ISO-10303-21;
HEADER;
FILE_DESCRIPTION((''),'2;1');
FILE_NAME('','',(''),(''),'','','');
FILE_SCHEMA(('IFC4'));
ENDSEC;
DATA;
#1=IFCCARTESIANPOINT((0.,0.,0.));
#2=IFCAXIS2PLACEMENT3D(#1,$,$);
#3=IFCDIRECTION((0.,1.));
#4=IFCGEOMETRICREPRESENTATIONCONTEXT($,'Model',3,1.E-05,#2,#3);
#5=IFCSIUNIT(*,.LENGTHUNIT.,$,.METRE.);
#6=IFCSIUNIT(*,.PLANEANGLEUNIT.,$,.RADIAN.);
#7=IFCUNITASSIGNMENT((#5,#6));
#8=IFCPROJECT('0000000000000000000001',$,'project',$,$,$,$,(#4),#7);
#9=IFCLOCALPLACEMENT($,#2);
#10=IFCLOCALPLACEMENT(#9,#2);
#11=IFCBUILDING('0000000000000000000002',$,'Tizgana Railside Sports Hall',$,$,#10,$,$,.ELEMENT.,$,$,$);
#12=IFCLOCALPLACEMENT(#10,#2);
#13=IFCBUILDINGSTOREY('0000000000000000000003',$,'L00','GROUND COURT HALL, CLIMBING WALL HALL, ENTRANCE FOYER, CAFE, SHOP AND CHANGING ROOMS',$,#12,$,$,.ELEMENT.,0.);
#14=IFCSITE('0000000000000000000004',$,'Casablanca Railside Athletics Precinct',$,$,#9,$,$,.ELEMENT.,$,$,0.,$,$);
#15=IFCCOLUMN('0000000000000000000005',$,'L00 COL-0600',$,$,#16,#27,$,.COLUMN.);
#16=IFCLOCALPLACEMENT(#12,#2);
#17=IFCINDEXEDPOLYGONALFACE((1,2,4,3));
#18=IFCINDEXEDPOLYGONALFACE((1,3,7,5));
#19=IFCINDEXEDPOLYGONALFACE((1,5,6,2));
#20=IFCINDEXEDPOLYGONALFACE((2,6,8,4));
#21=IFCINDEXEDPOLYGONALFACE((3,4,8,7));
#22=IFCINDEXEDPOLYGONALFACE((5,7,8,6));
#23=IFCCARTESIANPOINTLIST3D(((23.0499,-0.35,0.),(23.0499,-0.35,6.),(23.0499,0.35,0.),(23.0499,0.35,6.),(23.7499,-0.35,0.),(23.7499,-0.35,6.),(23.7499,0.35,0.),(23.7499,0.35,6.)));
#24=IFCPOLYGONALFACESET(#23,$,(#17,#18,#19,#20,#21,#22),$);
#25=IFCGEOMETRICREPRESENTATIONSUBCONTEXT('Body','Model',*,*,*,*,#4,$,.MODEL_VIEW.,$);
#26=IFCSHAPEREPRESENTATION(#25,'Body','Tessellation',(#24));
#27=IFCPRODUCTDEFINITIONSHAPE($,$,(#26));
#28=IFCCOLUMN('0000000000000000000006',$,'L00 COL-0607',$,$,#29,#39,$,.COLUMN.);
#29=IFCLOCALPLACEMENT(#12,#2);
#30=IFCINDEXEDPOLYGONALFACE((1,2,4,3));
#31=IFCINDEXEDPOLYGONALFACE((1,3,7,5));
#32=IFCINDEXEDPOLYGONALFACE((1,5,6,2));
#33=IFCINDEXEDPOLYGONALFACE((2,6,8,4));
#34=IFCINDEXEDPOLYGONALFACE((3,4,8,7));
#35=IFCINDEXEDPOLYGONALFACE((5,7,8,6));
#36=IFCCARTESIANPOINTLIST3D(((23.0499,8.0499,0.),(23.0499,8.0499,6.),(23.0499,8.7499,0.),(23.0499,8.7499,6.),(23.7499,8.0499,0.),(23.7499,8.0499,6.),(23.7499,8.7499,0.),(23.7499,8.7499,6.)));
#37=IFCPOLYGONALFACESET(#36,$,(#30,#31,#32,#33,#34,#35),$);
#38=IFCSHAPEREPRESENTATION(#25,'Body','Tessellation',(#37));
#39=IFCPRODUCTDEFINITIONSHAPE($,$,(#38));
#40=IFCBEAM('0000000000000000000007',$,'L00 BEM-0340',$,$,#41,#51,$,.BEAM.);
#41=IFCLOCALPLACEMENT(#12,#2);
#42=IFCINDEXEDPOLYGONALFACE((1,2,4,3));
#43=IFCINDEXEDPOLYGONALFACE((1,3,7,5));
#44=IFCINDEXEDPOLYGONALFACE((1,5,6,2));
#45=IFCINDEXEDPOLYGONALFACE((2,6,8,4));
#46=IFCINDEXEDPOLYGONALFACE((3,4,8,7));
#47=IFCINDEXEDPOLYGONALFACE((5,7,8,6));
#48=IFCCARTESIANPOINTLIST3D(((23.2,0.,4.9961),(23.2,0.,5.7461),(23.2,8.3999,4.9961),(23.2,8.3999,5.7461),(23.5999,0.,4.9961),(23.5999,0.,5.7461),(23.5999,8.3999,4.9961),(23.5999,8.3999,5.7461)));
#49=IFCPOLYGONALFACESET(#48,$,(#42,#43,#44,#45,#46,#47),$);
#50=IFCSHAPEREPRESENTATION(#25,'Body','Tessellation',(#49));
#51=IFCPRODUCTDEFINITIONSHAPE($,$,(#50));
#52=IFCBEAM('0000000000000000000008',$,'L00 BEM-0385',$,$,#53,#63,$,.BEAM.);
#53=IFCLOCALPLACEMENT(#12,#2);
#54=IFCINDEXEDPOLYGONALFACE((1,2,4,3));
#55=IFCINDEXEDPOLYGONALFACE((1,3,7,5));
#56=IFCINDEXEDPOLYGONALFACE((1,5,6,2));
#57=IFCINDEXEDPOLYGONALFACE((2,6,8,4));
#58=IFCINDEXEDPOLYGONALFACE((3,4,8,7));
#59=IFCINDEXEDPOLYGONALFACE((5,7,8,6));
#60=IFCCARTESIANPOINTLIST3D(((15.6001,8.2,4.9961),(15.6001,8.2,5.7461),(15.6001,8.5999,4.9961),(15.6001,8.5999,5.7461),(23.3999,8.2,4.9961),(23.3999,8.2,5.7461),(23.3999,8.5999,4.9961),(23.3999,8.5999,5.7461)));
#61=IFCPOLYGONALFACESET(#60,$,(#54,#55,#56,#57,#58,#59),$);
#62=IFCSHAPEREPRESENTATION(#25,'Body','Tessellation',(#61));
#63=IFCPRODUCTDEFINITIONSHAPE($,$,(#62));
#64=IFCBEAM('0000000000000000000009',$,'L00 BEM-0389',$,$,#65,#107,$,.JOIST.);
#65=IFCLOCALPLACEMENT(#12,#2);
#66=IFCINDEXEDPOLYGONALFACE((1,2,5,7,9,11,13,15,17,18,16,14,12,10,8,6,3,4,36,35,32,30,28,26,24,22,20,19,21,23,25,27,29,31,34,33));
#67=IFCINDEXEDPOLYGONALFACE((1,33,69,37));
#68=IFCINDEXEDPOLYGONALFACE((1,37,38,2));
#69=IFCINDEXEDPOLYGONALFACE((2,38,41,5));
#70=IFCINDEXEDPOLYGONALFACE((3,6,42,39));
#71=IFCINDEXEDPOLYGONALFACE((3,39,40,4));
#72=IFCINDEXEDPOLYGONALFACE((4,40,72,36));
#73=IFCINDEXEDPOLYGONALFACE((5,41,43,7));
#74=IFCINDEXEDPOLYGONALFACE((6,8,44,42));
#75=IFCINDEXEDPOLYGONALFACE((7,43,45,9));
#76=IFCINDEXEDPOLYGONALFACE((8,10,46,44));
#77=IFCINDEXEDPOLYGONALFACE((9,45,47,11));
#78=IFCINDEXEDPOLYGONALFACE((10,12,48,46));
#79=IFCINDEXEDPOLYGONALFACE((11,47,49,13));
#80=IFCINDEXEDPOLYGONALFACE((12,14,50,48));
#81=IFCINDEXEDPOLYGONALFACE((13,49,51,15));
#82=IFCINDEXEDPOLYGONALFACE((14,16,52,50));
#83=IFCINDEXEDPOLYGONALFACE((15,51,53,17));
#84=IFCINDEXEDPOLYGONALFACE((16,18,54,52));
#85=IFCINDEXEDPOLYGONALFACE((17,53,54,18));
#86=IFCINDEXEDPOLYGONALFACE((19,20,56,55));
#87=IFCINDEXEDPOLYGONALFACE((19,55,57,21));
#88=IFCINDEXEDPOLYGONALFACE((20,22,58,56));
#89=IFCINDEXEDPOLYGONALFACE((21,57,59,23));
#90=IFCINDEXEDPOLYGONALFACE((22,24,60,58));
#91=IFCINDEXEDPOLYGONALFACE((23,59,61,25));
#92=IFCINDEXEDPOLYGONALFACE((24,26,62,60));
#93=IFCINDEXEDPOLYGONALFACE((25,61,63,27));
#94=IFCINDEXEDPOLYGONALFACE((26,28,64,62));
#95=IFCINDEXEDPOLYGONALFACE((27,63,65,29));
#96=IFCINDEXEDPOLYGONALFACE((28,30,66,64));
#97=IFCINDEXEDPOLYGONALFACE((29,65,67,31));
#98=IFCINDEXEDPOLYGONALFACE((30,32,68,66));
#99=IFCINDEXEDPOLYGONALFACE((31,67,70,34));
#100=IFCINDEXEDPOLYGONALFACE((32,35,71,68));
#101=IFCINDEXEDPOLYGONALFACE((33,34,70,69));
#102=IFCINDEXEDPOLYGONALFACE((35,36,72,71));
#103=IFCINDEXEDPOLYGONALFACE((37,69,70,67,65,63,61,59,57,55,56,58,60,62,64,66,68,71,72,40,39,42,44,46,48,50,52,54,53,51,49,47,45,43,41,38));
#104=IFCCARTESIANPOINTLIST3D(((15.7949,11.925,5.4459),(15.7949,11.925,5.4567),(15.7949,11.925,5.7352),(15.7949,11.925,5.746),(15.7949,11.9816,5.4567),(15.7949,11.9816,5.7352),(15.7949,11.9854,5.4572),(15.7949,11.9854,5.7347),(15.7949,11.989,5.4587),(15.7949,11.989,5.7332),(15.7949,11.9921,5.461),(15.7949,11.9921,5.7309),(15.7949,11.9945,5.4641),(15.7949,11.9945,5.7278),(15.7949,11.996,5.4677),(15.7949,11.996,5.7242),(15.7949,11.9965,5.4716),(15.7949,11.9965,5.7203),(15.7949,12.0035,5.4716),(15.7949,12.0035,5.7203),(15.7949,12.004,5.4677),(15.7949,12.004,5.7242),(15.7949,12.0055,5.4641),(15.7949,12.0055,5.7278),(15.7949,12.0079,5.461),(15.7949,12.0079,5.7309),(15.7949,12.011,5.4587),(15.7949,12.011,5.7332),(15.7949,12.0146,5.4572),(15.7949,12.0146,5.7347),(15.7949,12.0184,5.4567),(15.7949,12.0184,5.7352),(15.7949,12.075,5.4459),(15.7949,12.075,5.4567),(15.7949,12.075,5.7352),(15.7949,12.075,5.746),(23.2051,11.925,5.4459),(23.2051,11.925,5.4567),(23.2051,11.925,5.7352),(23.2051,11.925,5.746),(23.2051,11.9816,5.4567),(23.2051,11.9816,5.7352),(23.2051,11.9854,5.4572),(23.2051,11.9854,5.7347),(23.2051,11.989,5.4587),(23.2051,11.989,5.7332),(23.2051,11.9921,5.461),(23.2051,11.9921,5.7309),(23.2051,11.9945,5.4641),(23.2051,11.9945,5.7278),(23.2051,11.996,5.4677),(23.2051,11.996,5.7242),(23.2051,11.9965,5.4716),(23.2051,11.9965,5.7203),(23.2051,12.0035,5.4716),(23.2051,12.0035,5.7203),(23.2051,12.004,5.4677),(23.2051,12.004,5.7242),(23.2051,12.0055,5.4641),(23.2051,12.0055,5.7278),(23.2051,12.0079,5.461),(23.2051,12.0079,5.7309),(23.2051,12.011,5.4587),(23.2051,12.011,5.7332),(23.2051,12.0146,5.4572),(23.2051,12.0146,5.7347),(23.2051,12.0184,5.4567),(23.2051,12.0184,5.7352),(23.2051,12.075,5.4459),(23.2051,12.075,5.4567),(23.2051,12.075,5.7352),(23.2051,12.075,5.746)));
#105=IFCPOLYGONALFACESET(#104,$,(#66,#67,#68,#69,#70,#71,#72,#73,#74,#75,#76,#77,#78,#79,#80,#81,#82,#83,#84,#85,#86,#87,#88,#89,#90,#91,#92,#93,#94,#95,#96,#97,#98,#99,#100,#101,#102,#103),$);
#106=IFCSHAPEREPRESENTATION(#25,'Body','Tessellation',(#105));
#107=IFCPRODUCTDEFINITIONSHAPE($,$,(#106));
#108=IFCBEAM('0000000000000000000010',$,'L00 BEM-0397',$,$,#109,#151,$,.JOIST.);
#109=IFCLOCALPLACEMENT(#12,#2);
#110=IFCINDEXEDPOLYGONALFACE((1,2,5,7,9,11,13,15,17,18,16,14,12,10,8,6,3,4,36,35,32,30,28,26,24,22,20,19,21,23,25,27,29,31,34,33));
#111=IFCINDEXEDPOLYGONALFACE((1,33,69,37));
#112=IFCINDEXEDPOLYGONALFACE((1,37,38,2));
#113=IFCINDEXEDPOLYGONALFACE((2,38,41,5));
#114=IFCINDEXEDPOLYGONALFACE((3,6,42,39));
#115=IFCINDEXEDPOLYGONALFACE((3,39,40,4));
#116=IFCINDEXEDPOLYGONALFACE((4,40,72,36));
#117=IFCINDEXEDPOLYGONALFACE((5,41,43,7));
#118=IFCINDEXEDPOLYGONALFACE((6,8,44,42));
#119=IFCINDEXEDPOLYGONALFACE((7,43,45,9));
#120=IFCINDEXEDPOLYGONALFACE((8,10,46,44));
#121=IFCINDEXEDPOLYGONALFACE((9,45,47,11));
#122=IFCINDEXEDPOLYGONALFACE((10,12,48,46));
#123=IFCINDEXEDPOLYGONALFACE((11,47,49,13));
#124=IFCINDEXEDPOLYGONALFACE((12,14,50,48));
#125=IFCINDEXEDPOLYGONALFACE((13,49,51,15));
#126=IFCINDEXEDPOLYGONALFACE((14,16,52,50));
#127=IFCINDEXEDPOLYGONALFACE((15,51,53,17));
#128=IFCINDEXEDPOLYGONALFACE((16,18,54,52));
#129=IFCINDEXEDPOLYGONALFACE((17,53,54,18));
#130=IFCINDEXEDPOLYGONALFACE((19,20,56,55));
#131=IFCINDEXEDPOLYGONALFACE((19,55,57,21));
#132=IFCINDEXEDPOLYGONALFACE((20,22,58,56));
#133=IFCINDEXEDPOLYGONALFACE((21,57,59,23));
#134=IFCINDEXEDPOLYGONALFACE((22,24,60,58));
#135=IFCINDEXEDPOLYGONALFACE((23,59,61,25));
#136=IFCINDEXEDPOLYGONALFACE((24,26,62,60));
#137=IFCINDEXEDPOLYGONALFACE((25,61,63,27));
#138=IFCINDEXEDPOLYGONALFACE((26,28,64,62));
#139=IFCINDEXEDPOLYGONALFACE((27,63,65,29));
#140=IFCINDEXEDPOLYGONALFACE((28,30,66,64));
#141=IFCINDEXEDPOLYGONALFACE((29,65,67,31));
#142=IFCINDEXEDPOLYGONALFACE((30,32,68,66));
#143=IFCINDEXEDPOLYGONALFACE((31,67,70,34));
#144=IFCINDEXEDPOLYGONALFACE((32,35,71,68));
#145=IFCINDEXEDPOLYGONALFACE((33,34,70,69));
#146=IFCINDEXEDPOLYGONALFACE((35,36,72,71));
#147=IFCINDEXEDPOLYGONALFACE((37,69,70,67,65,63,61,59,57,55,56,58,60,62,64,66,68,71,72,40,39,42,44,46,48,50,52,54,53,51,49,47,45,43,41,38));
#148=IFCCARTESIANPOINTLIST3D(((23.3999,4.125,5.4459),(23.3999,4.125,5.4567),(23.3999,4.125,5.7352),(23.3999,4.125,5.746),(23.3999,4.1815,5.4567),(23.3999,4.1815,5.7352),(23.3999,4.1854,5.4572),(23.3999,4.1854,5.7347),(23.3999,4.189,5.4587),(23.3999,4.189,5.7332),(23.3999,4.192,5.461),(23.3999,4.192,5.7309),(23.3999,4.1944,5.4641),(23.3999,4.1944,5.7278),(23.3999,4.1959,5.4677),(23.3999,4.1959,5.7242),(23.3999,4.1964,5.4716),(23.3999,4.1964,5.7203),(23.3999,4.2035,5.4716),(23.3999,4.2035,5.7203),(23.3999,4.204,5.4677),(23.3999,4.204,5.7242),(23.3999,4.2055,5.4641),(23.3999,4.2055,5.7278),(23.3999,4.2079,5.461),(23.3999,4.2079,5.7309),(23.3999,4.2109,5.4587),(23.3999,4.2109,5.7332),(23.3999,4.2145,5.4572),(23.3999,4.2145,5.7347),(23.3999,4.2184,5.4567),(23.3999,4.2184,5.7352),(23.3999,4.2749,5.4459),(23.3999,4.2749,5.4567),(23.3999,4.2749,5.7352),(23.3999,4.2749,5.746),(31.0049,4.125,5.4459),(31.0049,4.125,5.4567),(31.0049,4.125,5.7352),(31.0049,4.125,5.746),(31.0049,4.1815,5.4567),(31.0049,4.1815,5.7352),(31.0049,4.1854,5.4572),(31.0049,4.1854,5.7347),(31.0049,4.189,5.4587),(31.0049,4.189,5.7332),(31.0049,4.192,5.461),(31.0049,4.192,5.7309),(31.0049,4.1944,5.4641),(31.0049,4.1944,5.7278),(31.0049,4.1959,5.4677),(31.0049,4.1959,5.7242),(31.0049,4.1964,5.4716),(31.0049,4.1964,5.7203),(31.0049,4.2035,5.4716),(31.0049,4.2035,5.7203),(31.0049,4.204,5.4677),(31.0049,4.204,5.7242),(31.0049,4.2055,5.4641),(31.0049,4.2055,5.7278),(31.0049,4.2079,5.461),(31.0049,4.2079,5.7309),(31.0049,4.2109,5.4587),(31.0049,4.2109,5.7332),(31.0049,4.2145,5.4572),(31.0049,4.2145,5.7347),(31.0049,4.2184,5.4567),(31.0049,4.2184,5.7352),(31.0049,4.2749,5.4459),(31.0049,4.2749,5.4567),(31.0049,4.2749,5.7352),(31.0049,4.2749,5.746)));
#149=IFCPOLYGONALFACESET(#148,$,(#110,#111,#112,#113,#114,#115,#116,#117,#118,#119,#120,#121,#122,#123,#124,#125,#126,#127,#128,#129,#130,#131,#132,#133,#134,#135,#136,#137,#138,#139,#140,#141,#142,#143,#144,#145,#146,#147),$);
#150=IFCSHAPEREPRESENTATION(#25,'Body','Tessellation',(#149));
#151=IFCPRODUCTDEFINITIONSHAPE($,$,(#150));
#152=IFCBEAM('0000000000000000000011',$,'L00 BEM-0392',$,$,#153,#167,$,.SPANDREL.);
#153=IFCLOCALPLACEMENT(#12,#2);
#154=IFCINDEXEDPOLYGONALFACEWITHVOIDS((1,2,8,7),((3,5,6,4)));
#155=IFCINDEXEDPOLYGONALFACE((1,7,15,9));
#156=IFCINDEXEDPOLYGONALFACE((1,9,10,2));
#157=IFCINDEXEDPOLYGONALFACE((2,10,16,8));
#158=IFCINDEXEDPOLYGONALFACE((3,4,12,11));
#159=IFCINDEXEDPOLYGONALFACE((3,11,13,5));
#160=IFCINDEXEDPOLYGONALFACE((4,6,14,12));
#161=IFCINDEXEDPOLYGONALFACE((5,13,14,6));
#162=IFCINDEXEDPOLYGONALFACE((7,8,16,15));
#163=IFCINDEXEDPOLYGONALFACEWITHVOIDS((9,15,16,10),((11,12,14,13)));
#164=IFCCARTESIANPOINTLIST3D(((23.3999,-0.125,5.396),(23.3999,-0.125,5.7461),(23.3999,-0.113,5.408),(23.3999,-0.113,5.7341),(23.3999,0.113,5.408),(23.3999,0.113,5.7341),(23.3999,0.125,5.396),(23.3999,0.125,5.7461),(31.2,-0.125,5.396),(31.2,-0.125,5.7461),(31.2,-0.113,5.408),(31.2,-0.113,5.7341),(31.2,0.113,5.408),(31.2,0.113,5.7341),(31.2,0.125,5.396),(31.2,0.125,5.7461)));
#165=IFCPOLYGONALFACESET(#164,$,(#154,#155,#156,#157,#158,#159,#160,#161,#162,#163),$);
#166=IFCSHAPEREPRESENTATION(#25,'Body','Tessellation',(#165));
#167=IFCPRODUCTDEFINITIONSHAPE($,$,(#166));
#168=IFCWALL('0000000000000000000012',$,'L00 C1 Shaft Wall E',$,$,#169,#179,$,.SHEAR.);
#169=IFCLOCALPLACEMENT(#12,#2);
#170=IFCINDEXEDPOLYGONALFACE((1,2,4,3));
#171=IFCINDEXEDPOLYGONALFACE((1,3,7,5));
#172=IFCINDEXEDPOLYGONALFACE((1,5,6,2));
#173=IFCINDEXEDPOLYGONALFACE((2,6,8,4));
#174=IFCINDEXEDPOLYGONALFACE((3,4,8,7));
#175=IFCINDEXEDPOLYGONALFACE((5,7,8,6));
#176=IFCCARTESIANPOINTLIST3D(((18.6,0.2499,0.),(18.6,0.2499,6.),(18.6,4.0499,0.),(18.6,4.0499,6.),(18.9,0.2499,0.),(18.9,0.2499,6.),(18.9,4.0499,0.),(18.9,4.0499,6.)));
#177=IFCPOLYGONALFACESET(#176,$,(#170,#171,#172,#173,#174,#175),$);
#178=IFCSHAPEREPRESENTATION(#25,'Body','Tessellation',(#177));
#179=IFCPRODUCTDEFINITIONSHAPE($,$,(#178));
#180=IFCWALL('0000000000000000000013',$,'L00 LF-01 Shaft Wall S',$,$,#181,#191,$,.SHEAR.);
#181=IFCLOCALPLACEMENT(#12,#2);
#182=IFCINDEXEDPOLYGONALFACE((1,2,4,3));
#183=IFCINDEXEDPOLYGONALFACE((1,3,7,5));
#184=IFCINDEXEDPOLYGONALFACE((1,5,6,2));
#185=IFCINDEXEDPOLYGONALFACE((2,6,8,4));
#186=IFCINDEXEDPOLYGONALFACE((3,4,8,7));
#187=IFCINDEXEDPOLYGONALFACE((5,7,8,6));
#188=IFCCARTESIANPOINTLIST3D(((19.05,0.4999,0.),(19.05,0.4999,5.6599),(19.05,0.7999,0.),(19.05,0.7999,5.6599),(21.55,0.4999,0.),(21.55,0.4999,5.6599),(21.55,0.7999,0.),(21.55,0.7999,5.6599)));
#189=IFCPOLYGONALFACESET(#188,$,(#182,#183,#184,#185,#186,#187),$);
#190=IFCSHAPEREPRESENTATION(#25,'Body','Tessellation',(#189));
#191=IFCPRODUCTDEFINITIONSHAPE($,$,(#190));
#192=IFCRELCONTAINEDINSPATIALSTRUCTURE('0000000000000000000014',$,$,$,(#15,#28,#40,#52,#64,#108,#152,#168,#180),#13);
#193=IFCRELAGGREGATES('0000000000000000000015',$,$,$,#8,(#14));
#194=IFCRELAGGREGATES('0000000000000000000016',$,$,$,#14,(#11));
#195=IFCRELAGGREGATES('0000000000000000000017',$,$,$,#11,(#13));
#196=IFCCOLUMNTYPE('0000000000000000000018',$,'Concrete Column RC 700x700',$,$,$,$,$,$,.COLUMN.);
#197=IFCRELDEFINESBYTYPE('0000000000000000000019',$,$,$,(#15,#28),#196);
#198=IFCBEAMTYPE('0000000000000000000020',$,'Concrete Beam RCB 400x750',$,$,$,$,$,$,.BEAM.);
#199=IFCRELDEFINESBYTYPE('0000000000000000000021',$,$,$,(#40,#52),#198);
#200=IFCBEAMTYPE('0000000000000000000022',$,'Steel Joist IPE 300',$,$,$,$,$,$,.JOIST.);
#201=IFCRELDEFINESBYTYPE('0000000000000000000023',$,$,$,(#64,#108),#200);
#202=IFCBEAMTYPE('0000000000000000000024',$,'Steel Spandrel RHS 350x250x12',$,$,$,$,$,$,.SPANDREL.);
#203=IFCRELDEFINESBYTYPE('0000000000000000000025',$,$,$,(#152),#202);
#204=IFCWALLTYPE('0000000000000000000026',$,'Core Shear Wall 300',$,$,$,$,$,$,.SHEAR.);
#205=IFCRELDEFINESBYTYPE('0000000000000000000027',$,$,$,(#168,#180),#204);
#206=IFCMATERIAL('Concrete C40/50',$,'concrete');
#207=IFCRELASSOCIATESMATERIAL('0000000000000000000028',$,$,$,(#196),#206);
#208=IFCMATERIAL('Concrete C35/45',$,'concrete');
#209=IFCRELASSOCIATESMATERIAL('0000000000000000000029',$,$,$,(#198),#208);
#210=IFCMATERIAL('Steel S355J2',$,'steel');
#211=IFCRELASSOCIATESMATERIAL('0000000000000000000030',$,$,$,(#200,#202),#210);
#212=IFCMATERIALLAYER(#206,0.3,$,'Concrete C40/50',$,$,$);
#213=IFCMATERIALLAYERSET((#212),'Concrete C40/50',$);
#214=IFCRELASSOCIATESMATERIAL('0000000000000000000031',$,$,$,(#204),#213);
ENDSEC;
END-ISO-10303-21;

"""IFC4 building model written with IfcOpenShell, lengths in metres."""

from ifc_helpers import new_model, si_unit, direction, frame, frame_2d, origin, origin_2d, place, context, subcontext, project, spatial, rectangle, hollow_rectangle, i_section, extrude, material, layer, layer_set, material_profile, profile_set, type_object, element, save


model = new_model("IFC4")

# Units and contexts
model_context = context("Model", 3, precision=1e-05, world=origin(), true_north=direction((0.0, 1.0)))
body_context = subcontext(model_context, "Body", "Model", "MODEL_VIEW")
ifc_project = project(units=[si_unit("LENGTHUNIT", "METRE"), si_unit("PLANEANGLEUNIT", "RADIAN")], contexts=[model_context])

# Site, building, storey
site_placement = place(None, origin())
site = spatial("IfcSite", under=ifc_project, at=site_placement, Name="Casablanca Railside Athletics Precinct", CompositionType="ELEMENT", RefElevation=0.0)
building_placement = place(site_placement, origin())
building = spatial("IfcBuilding", under=site, at=building_placement, Name="Tizgana Railside Sports Hall", CompositionType="ELEMENT")
storey_placement = place(building_placement, origin())
storey = spatial("IfcBuildingStorey", under=building, at=storey_placement, Name="L00", Description="GROUND COURT HALL, CLIMBING WALL HALL, ENTRANCE FOYER, CAFE, SHOP AND CHANGING ROOMS", CompositionType="ELEMENT", Elevation=0.0)

# Columns
ifc_material_1 = material(Name="Concrete C40/50", Category="concrete")
ifc_material_profile_1 = material_profile(ifc_material_1, rectangle(XDim=0.7, YDim=0.7, at=origin_2d()), Name="RC 700x700")
ifc_profile_set_1 = profile_set([ifc_material_profile_1], Name="Concrete C40/50")
column_type = type_object("IfcColumnType", Name="Concrete Column RC 700x700", PredefinedType="COLUMN", material=ifc_profile_set_1)
for number, where, z_axis, x_axis, name in (
    (1, (23.3999, 0.0, 0.0), (0.0, 0.0, 1.0), (1.0, 0.0, 0.0), "L00 COL-0600"),
    (2, (23.3999, 8.3999, 0.0), (0.0, 0.0, 1.0), (1.0, 0.0, 0.0), "L00 COL-0607"),
):
    element("IfcColumn", number, at=place(storey_placement, frame(where, z_axis=z_axis, x_axis=x_axis)), inside=storey, type_object=column_type, Name=name, PredefinedType="COLUMN", context=body_context, shape_type="SweptSolid", body=[
        extrude(rectangle(XDim=0.7, YDim=0.7, at=origin_2d()), origin(), (0.0, 0.0, 1.0), 6.0),
    ])

# Beams
ifc_material_2 = material(Name="Concrete C35/45", Category="concrete")
ifc_material_profile_2 = material_profile(ifc_material_2, rectangle(XDim=0.3999, YDim=0.75, at=origin_2d()), Name="RCB 400x750")
ifc_profile_set_2 = profile_set([ifc_material_profile_2], Name="Concrete C35/45")
beam_type_1 = type_object("IfcBeamType", Name="Concrete Beam RCB 400x750", PredefinedType="BEAM", material=ifc_profile_set_2)
beam_1_placement = place(storey_placement, frame((23.3999, 0.0, 5.3711), z_axis=(0.0, 1.0, 0.0), x_axis=(-1.0, 0.0, 0.0)))
element("IfcBeam", 3, at=beam_1_placement, inside=storey, type_object=beam_type_1, Name="L00 BEM-0340", PredefinedType="BEAM", context=body_context, shape_type="SweptSolid", body=[
    extrude(rectangle(XDim=0.3999, YDim=0.75, at=origin_2d()), origin(), (0.0, 0.0, 1.0), 8.3999),
])
beam_2_placement = place(storey_placement, frame((15.6001, 8.3999, 5.3711), z_axis=(1.0, 0.0, 0.0), x_axis=(0.0, 1.0, 0.0)))
element("IfcBeam", 4, at=beam_2_placement, inside=storey, type_object=beam_type_1, Name="L00 BEM-0385", PredefinedType="BEAM", context=body_context, shape_type="SweptSolid", body=[
    extrude(rectangle(XDim=0.3999, YDim=0.75, at=origin_2d()), origin(), (0.0, 0.0, 1.0), 7.7998),
])
ifc_material_3 = material(Name="Steel S355J2", Category="steel")
ifc_material_profile_3 = material_profile(ifc_material_3, i_section(OverallWidth=0.1499, OverallDepth=0.3, WebThickness=0.0071, FlangeThickness=0.0107, FilletRadius=0.0149, at=origin_2d()), Name="IPE 300")
ifc_profile_set_3 = profile_set([ifc_material_profile_3], Name="Steel S355J2")
beam_type_2 = type_object("IfcBeamType", Name="Steel Joist IPE 300", PredefinedType="JOIST", material=ifc_profile_set_3)
beam_3_placement = place(storey_placement, frame((15.7949, 12.0, 5.5959), z_axis=(1.0, 0.0, 0.0), x_axis=(0.0, 1.0, 0.0)))
element("IfcBeam", 5, at=beam_3_placement, inside=storey, type_object=beam_type_2, Name="L00 BEM-0389", PredefinedType="JOIST", context=body_context, shape_type="SweptSolid", body=[
    extrude(i_section(OverallWidth=0.1499, OverallDepth=0.3, WebThickness=0.0071, FlangeThickness=0.0107, FilletRadius=0.0149, at=origin_2d()), origin(), (0.0, 0.0, 1.0), 7.4102),
])
beam_4_placement = place(storey_placement, frame((23.3999, 4.2, 5.5959), z_axis=(1.0, 0.0, 0.0), x_axis=(0.0, 1.0, 0.0)))
element("IfcBeam", 6, at=beam_4_placement, inside=storey, type_object=beam_type_2, Name="L00 BEM-0397", PredefinedType="JOIST", context=body_context, shape_type="SweptSolid", body=[
    extrude(i_section(OverallWidth=0.1499, OverallDepth=0.3, WebThickness=0.0071, FlangeThickness=0.0107, FilletRadius=0.0149, at=origin_2d()), origin(), (0.0, 0.0, 1.0), 7.605),
])
ifc_material_profile_4 = material_profile(ifc_material_3, hollow_rectangle(XDim=0.25, YDim=0.3501, WallThickness=0.012, at=origin_2d()), Name="RHS 350x250x12")
ifc_profile_set_4 = profile_set([ifc_material_profile_4], Name="Steel S355J2")
beam_type_3 = type_object("IfcBeamType", Name="Steel Spandrel RHS 350x250x12", PredefinedType="SPANDREL", material=ifc_profile_set_4)
beam_5_placement = place(storey_placement, frame((23.3999, 0.0, 5.571), z_axis=(1.0, 0.0, 0.0), x_axis=(0.0, 1.0, 0.0)))
element("IfcBeam", 7, at=beam_5_placement, inside=storey, type_object=beam_type_3, Name="L00 BEM-0392", PredefinedType="SPANDREL", context=body_context, shape_type="SweptSolid", body=[
    extrude(hollow_rectangle(XDim=0.25, YDim=0.3501, WallThickness=0.012, at=origin_2d()), origin(), (0.0, 0.0, 1.0), 7.8),
])

# Walls
ifc_layer_1 = layer(ifc_material_1, 0.3, Name="Concrete C40/50")
ifc_layer_set_1 = layer_set([ifc_layer_1], Name="Concrete C40/50")
wall_type_1 = type_object("IfcWallType", Name="Core Shear Wall 300", PredefinedType="SHEAR", material=ifc_layer_set_1)
wall_1_placement = place(storey_placement, frame((18.75, 0.25, 0.0), z_axis=(0.0, 0.0, 1.0), x_axis=(0.0, 1.0, 0.0)))
element("IfcWall", 8, at=wall_1_placement, inside=storey, type_object=wall_type_1, Name="L00 C1 Shaft Wall E", PredefinedType="SHEAR", context=body_context, shape_type="SweptSolid", body=[
    extrude(rectangle(XDim=3.8, YDim=0.3, at=frame_2d((1.8999, 0.0))), origin(), (0.0, 0.0, 1.0), 6.0),
])
wall_2_placement = place(storey_placement, frame((19.05, 0.6499, 0.0), z_axis=(0.0, 0.0, 1.0), x_axis=(1.0, 0.0, 0.0)))
element("IfcWall", 9, at=wall_2_placement, inside=storey, type_object=wall_type_1, Name="L00 LF-01 Shaft Wall S", PredefinedType="SHEAR", context=body_context, shape_type="SweptSolid", body=[
    extrude(rectangle(XDim=2.5, YDim=0.3, at=frame_2d((1.25, 0.0))), origin(), (0.0, 0.0, 1.0), 5.6599),
])

save(model, "model.ifc")
